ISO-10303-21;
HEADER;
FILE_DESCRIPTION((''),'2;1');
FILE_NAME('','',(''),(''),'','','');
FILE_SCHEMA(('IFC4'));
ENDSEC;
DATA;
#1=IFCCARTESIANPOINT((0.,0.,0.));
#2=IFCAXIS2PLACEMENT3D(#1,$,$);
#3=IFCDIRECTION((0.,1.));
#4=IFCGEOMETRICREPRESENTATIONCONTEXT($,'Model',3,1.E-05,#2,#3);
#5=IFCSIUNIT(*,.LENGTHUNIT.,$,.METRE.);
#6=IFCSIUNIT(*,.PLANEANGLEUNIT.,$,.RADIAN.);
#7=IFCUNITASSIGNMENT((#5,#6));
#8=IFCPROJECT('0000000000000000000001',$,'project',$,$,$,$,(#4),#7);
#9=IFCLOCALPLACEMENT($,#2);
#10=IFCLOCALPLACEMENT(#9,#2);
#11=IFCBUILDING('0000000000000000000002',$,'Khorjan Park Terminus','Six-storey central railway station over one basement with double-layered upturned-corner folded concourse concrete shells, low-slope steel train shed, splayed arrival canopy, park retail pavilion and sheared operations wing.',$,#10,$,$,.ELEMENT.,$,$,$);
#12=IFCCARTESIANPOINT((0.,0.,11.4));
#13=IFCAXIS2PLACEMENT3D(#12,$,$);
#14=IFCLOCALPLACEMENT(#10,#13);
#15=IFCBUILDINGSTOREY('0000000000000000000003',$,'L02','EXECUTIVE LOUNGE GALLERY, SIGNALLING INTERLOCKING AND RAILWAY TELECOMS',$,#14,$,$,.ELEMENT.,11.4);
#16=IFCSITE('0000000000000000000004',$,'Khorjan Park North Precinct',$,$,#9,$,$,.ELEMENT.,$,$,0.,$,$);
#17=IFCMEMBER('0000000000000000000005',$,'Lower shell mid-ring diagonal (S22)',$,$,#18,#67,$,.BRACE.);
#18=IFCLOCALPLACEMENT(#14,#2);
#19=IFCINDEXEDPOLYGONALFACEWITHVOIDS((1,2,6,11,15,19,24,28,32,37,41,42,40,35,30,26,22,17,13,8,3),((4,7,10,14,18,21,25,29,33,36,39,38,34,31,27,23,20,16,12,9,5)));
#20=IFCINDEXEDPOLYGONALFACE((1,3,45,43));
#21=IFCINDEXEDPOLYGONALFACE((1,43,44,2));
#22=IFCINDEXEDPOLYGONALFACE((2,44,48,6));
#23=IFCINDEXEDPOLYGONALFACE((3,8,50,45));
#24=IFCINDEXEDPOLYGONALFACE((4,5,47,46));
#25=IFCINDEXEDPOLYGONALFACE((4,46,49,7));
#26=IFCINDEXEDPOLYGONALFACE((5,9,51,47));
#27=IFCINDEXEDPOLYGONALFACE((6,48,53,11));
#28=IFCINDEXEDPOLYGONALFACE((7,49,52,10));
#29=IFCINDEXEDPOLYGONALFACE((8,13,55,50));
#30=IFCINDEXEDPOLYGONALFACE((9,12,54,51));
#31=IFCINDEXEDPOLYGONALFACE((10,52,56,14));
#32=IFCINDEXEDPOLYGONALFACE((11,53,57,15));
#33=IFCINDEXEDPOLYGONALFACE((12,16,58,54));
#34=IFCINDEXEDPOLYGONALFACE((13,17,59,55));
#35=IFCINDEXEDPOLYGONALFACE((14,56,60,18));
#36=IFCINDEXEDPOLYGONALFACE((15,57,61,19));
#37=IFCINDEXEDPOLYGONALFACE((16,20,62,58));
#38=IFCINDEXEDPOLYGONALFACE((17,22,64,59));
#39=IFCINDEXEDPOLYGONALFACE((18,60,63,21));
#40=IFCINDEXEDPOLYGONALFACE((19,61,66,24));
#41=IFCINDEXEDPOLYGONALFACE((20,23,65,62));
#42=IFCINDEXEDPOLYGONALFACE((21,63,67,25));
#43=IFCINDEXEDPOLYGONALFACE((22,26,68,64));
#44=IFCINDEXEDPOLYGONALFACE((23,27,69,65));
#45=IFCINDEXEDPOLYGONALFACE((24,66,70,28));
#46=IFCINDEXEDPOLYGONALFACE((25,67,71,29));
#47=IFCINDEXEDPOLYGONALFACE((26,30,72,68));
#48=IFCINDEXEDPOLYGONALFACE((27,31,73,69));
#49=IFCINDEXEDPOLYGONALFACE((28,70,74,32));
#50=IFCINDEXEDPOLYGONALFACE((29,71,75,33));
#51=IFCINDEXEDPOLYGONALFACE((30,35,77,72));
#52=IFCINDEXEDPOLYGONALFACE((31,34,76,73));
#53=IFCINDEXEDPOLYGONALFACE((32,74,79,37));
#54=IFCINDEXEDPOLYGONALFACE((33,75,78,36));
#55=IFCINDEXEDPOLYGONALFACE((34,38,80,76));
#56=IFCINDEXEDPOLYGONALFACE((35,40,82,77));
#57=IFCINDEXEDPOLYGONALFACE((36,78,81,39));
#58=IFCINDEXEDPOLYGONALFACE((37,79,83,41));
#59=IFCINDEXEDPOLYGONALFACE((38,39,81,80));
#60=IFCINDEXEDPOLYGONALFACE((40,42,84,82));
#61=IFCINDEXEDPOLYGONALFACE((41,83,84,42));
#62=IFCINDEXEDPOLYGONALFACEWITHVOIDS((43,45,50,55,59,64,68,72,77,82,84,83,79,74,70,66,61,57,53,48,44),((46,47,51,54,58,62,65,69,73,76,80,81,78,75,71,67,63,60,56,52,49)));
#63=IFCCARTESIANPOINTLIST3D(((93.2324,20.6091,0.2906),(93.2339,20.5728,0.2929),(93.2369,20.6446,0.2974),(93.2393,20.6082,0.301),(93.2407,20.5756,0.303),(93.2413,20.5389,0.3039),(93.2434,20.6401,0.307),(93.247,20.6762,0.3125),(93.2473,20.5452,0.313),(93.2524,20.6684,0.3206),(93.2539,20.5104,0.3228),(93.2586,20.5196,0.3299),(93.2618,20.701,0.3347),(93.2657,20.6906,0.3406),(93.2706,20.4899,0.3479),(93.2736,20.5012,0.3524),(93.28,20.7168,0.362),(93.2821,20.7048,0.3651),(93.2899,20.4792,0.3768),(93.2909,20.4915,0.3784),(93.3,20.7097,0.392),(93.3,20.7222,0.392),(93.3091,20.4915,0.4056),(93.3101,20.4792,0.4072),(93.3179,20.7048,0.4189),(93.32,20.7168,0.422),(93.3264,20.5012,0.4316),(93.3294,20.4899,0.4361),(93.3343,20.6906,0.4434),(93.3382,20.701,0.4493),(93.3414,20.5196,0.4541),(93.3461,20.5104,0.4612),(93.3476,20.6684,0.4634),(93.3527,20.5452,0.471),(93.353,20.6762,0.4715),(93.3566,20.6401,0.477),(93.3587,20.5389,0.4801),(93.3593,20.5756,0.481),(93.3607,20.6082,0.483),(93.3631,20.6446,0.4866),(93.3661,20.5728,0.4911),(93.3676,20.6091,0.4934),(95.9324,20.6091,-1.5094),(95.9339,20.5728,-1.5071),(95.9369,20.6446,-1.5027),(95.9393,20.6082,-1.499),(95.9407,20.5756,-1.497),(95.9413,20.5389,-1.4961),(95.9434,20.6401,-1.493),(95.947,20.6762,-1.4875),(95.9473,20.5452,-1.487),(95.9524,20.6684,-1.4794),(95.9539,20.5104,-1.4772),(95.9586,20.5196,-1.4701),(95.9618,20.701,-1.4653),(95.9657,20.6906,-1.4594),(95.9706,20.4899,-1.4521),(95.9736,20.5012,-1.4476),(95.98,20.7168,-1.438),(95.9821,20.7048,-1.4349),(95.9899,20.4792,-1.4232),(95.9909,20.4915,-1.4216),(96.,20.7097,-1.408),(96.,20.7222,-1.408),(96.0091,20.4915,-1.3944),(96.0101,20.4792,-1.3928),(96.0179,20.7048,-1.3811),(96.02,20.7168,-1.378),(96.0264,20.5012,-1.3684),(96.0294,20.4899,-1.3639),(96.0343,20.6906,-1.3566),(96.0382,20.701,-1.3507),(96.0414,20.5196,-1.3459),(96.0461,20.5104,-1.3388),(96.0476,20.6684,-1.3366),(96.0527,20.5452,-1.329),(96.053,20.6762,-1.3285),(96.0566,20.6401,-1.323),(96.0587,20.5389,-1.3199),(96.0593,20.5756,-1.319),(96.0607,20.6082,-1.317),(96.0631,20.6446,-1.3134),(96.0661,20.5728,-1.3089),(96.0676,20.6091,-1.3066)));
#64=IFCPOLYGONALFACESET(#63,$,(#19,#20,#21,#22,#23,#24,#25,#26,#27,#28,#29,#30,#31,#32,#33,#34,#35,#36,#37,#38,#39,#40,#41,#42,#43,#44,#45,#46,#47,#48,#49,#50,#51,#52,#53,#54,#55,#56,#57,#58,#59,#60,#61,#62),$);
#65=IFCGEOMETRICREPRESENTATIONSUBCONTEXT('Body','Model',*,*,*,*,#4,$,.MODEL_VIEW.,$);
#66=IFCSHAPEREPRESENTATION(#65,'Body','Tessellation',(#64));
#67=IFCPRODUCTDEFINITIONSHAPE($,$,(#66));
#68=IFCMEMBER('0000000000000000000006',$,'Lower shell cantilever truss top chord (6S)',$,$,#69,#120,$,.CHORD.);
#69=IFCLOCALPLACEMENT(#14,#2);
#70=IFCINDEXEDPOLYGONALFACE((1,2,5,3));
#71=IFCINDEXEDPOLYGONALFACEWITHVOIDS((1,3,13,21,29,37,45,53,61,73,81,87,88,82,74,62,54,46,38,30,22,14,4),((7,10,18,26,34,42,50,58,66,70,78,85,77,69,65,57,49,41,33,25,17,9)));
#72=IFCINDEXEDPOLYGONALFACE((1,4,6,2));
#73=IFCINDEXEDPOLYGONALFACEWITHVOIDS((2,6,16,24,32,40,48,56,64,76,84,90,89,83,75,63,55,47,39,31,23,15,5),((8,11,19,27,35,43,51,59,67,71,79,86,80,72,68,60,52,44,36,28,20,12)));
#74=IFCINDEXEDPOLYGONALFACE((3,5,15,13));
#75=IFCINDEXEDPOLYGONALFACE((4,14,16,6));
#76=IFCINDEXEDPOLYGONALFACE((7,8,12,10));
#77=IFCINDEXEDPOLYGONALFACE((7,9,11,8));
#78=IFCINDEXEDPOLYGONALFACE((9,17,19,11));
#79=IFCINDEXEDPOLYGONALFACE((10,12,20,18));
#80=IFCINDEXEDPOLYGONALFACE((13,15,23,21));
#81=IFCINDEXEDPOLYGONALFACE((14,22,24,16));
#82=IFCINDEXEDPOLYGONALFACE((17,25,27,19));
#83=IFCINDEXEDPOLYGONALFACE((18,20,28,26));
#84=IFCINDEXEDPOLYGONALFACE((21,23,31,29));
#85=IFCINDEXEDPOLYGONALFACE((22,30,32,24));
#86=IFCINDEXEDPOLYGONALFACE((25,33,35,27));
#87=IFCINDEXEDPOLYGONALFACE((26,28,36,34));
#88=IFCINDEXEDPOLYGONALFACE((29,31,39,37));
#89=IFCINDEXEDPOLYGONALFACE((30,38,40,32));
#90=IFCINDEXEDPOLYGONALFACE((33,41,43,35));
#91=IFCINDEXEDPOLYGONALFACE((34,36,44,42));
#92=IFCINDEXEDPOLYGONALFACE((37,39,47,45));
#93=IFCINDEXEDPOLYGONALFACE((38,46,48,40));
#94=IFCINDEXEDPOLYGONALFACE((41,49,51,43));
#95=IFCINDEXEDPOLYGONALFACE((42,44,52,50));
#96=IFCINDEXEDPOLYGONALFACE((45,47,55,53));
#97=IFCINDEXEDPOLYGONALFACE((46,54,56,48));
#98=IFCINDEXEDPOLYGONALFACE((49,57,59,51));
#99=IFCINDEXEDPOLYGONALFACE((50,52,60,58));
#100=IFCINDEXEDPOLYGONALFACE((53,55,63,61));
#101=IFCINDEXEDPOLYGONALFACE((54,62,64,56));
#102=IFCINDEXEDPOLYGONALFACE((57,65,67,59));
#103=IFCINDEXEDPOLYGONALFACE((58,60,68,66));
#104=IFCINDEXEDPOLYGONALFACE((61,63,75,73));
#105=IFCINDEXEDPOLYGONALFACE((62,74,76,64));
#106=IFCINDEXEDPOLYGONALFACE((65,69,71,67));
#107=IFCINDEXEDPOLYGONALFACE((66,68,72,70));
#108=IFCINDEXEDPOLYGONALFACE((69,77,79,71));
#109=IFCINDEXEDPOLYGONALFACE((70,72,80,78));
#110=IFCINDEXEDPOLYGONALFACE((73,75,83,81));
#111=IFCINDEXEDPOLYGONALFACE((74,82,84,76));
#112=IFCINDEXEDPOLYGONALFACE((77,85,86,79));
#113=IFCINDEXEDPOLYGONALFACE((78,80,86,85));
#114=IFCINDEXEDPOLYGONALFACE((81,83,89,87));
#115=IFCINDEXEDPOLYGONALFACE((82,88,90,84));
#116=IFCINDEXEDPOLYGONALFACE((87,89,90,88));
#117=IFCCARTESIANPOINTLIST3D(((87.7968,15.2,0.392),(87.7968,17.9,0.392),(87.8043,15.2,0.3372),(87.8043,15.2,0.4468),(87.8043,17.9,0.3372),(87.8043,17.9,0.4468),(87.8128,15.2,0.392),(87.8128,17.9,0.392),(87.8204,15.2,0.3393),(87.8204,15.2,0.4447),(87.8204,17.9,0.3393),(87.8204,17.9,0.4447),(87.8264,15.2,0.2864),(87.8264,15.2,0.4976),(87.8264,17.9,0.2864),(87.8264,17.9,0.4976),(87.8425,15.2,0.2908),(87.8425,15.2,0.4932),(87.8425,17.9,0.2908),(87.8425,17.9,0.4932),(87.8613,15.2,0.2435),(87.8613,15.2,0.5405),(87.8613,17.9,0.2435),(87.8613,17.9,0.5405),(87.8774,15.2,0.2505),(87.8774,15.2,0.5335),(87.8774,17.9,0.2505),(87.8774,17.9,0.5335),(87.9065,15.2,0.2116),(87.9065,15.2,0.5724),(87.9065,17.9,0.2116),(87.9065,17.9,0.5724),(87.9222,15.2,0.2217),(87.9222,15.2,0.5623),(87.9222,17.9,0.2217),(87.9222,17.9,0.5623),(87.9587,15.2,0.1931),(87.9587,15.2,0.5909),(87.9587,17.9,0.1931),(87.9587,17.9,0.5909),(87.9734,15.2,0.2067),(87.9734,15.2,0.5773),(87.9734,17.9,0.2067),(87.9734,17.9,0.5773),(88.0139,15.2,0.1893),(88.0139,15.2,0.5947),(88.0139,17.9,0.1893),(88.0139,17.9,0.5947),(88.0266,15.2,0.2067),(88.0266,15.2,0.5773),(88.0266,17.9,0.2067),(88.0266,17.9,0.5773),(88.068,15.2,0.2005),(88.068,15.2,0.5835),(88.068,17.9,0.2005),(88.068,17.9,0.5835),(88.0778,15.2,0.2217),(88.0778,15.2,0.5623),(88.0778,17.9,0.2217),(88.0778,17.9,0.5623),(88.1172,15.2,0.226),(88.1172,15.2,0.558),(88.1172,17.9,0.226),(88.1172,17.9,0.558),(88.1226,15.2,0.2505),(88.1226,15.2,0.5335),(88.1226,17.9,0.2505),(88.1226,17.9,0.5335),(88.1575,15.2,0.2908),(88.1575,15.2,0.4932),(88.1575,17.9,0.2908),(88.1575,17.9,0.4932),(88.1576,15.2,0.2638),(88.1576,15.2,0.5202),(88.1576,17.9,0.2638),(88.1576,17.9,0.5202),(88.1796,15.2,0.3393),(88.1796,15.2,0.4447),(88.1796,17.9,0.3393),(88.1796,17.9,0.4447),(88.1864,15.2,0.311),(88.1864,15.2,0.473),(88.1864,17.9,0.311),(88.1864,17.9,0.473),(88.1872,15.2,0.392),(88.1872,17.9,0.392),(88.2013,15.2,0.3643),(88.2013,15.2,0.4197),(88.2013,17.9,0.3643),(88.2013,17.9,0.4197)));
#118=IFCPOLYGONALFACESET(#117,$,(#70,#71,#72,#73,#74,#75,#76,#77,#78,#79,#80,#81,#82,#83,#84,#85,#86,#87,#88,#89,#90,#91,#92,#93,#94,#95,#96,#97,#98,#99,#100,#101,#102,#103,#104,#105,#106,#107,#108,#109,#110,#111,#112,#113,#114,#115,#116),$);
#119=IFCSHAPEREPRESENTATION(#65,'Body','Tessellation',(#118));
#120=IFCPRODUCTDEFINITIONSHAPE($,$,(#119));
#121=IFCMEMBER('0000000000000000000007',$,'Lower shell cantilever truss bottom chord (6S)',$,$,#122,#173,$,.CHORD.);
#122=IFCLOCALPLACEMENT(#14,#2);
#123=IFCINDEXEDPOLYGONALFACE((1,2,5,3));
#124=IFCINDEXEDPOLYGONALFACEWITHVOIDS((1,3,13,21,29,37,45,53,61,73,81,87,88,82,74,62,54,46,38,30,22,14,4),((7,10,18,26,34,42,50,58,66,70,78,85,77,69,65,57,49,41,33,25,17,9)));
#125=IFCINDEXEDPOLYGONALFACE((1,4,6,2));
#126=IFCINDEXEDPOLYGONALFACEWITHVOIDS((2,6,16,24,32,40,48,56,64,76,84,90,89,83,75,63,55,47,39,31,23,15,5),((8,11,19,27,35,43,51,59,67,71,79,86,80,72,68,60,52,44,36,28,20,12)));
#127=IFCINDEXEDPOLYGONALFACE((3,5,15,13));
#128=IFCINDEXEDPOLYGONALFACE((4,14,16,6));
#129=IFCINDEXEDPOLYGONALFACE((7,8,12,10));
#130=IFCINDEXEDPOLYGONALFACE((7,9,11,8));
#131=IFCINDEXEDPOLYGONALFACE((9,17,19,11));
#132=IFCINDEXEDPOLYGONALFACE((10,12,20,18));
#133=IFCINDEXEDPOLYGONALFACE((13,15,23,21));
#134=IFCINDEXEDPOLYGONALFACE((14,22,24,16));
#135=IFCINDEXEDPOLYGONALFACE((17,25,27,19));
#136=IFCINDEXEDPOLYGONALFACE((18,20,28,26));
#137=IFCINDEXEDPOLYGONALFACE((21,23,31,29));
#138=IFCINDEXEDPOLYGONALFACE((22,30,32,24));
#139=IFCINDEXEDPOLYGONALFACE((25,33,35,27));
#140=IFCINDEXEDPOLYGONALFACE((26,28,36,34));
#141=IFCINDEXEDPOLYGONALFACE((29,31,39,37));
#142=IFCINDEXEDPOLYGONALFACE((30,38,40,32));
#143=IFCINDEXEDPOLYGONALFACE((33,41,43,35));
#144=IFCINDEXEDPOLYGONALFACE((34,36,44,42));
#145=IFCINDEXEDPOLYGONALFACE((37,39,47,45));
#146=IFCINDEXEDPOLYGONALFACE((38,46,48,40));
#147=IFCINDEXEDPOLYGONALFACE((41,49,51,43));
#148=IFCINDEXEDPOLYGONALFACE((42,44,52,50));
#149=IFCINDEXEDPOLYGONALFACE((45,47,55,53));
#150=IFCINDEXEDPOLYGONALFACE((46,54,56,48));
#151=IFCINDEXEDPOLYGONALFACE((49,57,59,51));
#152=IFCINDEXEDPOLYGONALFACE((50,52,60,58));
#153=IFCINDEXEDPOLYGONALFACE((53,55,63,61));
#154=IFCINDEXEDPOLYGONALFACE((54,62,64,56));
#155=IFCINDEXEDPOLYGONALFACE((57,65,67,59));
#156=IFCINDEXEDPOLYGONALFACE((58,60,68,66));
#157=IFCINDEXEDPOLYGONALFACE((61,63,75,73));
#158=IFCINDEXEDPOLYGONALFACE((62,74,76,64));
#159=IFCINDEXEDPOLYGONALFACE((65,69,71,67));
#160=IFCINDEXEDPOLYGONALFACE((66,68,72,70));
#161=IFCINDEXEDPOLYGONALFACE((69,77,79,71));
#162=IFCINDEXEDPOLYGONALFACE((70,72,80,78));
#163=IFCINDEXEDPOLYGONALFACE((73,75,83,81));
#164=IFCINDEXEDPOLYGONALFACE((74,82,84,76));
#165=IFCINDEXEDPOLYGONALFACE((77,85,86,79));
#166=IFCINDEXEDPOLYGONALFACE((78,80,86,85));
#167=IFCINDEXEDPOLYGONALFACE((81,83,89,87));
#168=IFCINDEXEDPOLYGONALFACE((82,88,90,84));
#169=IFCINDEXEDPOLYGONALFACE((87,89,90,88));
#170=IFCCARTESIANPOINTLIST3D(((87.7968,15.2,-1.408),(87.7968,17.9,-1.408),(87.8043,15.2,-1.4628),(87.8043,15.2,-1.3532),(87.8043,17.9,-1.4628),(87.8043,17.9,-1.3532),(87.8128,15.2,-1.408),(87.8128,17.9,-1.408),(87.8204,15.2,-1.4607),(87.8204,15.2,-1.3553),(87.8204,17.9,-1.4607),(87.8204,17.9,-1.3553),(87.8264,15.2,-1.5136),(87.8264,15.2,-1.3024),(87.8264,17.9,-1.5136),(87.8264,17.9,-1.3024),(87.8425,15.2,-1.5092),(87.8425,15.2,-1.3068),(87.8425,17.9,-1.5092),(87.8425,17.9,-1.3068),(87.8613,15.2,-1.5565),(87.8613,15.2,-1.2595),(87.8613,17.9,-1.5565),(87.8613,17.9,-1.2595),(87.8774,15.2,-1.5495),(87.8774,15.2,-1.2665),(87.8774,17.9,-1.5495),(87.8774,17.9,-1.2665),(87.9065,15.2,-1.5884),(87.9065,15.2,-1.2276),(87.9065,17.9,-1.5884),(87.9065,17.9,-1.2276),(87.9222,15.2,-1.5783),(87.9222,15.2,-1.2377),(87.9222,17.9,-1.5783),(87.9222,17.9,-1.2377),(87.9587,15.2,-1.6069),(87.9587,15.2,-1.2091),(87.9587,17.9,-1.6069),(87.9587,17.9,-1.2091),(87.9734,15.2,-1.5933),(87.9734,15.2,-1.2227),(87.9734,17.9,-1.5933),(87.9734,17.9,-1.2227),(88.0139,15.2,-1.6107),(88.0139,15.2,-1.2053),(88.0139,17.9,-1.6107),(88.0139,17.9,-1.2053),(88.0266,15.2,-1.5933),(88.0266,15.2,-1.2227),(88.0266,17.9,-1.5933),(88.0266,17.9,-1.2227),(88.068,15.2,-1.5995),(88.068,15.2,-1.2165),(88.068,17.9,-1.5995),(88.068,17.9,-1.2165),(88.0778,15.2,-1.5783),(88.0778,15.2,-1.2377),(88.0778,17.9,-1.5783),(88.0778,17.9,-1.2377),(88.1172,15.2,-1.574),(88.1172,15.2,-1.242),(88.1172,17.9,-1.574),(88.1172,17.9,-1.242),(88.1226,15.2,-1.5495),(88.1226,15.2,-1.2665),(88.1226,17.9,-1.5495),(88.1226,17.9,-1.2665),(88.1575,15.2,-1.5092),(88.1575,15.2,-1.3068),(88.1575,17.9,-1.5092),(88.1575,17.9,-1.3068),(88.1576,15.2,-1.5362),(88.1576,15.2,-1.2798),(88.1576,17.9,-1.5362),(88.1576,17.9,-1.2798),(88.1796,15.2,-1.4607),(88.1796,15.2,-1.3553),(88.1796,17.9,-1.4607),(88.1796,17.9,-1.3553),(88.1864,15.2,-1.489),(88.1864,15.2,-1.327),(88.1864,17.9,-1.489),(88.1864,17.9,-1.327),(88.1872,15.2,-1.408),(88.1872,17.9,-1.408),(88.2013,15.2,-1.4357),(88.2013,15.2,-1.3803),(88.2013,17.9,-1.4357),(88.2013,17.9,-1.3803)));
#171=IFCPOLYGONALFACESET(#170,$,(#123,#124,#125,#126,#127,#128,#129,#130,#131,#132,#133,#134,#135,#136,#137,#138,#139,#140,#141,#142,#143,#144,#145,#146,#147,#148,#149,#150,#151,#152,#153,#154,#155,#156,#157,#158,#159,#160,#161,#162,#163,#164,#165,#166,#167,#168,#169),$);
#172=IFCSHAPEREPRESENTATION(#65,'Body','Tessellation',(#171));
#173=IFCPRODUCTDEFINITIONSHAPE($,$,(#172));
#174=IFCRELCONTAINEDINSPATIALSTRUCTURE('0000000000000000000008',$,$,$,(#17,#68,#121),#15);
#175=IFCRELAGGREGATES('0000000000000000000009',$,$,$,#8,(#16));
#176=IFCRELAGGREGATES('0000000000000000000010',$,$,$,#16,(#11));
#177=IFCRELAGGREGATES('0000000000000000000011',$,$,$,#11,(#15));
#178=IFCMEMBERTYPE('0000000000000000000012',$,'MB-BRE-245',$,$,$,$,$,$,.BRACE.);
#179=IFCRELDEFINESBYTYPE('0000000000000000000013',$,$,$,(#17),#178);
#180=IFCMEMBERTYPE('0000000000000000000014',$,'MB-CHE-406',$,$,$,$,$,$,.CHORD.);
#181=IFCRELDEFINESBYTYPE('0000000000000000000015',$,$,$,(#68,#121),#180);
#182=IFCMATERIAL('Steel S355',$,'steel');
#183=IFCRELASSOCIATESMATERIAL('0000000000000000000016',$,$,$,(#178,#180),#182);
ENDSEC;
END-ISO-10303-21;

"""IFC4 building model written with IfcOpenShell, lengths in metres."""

from ifc_helpers import new_model, si_unit, direction, frame, origin, origin_2d, place, context, subcontext, project, spatial, hollow_circle, extrude, material, material_profile, profile_set, type_object, element, save


model = new_model("IFC4")

# Units and contexts
model_context = context("Model", 3, precision=1e-05, world=origin(), true_north=direction((0.0, 1.0)))
body_context = subcontext(model_context, "Body", "Model", "MODEL_VIEW")
ifc_project = project(units=[si_unit("LENGTHUNIT", "METRE"), si_unit("PLANEANGLEUNIT", "RADIAN")], contexts=[model_context])

# Site, building, storey
site_placement = place(None, origin())
site = spatial("IfcSite", under=ifc_project, at=site_placement, Name="Khorjan Park North Precinct", CompositionType="ELEMENT", RefElevation=0.0)
building_placement = place(site_placement, origin())
building = spatial("IfcBuilding", under=site, at=building_placement, Name="Khorjan Park Terminus", Description="Six-storey central railway station over one basement with double-layered upturned-corner folded concourse concrete shells, low-slope steel train shed, splayed arrival canopy, park retail pavilion and sheared operations wing.", CompositionType="ELEMENT")
storey_placement = place(building_placement, frame((0.0, 0.0, 11.4)))
storey = spatial("IfcBuildingStorey", under=building, at=storey_placement, Name="L02", Description="EXECUTIVE LOUNGE GALLERY, SIGNALLING INTERLOCKING AND RAILWAY TELECOMS", CompositionType="ELEMENT", Elevation=11.4)

# Members
ifc_material_1 = material(Name="Steel S355", Category="steel")
ifc_material_profile_1 = material_profile(ifc_material_1, hollow_circle(Radius=0.1222, WallThickness=0.0125, at=origin_2d()), Name="CHS 244.5x12.5")
ifc_profile_set_1 = profile_set([ifc_material_profile_1], Name="Steel S355")
member_type_1 = type_object("IfcMemberType", Name="MB-BRE-245", PredefinedType="BRACE", material=ifc_profile_set_1)
member_1_placement = place(storey_placement, frame((93.3, 20.6, 0.392), z_axis=(0.83205, 0.0, -0.5547), x_axis=(0.0, 1.0, 0.0)))
element("IfcMember", 1, at=member_1_placement, inside=storey, type_object=member_type_1, Name="Lower shell mid-ring diagonal (S22)", PredefinedType="BRACE", context=body_context, shape_type="SweptSolid", body=[
    extrude(hollow_circle(Radius=0.1222, WallThickness=0.0125, at=origin_2d()), origin(), (0.0, 0.0, 1.0), 3.245),
])
ifc_material_profile_2 = material_profile(ifc_material_1, hollow_circle(Radius=0.2032, WallThickness=0.016, at=origin_2d()), Name="CHS 406.4x16")
ifc_profile_set_2 = profile_set([ifc_material_profile_2], Name="Steel S355")
member_type_2 = type_object("IfcMemberType", Name="MB-CHE-406", PredefinedType="CHORD", material=ifc_profile_set_2)
for number, where, z_axis, x_axis, name in (
    (2, (88.0, 15.2, 0.392), (0.0, 1.0, 0.0), (-1.0, 0.0, 0.0), "Lower shell cantilever truss top chord (6S)"),
    (3, (88.0, 15.2, -1.408), (0.0, 1.0, 0.0), (-1.0, 0.0, 0.0), "Lower shell cantilever truss bottom chord (6S)"),
):
    element("IfcMember", number, at=place(storey_placement, frame(where, z_axis=z_axis, x_axis=x_axis)), inside=storey, type_object=member_type_2, Name=name, PredefinedType="CHORD", context=body_context, shape_type="SweptSolid", body=[
        extrude(hollow_circle(Radius=0.2032, WallThickness=0.016, at=origin_2d()), origin(), (0.0, 0.0, 1.0), 2.7),
    ])

save(model, "model.ifc")
